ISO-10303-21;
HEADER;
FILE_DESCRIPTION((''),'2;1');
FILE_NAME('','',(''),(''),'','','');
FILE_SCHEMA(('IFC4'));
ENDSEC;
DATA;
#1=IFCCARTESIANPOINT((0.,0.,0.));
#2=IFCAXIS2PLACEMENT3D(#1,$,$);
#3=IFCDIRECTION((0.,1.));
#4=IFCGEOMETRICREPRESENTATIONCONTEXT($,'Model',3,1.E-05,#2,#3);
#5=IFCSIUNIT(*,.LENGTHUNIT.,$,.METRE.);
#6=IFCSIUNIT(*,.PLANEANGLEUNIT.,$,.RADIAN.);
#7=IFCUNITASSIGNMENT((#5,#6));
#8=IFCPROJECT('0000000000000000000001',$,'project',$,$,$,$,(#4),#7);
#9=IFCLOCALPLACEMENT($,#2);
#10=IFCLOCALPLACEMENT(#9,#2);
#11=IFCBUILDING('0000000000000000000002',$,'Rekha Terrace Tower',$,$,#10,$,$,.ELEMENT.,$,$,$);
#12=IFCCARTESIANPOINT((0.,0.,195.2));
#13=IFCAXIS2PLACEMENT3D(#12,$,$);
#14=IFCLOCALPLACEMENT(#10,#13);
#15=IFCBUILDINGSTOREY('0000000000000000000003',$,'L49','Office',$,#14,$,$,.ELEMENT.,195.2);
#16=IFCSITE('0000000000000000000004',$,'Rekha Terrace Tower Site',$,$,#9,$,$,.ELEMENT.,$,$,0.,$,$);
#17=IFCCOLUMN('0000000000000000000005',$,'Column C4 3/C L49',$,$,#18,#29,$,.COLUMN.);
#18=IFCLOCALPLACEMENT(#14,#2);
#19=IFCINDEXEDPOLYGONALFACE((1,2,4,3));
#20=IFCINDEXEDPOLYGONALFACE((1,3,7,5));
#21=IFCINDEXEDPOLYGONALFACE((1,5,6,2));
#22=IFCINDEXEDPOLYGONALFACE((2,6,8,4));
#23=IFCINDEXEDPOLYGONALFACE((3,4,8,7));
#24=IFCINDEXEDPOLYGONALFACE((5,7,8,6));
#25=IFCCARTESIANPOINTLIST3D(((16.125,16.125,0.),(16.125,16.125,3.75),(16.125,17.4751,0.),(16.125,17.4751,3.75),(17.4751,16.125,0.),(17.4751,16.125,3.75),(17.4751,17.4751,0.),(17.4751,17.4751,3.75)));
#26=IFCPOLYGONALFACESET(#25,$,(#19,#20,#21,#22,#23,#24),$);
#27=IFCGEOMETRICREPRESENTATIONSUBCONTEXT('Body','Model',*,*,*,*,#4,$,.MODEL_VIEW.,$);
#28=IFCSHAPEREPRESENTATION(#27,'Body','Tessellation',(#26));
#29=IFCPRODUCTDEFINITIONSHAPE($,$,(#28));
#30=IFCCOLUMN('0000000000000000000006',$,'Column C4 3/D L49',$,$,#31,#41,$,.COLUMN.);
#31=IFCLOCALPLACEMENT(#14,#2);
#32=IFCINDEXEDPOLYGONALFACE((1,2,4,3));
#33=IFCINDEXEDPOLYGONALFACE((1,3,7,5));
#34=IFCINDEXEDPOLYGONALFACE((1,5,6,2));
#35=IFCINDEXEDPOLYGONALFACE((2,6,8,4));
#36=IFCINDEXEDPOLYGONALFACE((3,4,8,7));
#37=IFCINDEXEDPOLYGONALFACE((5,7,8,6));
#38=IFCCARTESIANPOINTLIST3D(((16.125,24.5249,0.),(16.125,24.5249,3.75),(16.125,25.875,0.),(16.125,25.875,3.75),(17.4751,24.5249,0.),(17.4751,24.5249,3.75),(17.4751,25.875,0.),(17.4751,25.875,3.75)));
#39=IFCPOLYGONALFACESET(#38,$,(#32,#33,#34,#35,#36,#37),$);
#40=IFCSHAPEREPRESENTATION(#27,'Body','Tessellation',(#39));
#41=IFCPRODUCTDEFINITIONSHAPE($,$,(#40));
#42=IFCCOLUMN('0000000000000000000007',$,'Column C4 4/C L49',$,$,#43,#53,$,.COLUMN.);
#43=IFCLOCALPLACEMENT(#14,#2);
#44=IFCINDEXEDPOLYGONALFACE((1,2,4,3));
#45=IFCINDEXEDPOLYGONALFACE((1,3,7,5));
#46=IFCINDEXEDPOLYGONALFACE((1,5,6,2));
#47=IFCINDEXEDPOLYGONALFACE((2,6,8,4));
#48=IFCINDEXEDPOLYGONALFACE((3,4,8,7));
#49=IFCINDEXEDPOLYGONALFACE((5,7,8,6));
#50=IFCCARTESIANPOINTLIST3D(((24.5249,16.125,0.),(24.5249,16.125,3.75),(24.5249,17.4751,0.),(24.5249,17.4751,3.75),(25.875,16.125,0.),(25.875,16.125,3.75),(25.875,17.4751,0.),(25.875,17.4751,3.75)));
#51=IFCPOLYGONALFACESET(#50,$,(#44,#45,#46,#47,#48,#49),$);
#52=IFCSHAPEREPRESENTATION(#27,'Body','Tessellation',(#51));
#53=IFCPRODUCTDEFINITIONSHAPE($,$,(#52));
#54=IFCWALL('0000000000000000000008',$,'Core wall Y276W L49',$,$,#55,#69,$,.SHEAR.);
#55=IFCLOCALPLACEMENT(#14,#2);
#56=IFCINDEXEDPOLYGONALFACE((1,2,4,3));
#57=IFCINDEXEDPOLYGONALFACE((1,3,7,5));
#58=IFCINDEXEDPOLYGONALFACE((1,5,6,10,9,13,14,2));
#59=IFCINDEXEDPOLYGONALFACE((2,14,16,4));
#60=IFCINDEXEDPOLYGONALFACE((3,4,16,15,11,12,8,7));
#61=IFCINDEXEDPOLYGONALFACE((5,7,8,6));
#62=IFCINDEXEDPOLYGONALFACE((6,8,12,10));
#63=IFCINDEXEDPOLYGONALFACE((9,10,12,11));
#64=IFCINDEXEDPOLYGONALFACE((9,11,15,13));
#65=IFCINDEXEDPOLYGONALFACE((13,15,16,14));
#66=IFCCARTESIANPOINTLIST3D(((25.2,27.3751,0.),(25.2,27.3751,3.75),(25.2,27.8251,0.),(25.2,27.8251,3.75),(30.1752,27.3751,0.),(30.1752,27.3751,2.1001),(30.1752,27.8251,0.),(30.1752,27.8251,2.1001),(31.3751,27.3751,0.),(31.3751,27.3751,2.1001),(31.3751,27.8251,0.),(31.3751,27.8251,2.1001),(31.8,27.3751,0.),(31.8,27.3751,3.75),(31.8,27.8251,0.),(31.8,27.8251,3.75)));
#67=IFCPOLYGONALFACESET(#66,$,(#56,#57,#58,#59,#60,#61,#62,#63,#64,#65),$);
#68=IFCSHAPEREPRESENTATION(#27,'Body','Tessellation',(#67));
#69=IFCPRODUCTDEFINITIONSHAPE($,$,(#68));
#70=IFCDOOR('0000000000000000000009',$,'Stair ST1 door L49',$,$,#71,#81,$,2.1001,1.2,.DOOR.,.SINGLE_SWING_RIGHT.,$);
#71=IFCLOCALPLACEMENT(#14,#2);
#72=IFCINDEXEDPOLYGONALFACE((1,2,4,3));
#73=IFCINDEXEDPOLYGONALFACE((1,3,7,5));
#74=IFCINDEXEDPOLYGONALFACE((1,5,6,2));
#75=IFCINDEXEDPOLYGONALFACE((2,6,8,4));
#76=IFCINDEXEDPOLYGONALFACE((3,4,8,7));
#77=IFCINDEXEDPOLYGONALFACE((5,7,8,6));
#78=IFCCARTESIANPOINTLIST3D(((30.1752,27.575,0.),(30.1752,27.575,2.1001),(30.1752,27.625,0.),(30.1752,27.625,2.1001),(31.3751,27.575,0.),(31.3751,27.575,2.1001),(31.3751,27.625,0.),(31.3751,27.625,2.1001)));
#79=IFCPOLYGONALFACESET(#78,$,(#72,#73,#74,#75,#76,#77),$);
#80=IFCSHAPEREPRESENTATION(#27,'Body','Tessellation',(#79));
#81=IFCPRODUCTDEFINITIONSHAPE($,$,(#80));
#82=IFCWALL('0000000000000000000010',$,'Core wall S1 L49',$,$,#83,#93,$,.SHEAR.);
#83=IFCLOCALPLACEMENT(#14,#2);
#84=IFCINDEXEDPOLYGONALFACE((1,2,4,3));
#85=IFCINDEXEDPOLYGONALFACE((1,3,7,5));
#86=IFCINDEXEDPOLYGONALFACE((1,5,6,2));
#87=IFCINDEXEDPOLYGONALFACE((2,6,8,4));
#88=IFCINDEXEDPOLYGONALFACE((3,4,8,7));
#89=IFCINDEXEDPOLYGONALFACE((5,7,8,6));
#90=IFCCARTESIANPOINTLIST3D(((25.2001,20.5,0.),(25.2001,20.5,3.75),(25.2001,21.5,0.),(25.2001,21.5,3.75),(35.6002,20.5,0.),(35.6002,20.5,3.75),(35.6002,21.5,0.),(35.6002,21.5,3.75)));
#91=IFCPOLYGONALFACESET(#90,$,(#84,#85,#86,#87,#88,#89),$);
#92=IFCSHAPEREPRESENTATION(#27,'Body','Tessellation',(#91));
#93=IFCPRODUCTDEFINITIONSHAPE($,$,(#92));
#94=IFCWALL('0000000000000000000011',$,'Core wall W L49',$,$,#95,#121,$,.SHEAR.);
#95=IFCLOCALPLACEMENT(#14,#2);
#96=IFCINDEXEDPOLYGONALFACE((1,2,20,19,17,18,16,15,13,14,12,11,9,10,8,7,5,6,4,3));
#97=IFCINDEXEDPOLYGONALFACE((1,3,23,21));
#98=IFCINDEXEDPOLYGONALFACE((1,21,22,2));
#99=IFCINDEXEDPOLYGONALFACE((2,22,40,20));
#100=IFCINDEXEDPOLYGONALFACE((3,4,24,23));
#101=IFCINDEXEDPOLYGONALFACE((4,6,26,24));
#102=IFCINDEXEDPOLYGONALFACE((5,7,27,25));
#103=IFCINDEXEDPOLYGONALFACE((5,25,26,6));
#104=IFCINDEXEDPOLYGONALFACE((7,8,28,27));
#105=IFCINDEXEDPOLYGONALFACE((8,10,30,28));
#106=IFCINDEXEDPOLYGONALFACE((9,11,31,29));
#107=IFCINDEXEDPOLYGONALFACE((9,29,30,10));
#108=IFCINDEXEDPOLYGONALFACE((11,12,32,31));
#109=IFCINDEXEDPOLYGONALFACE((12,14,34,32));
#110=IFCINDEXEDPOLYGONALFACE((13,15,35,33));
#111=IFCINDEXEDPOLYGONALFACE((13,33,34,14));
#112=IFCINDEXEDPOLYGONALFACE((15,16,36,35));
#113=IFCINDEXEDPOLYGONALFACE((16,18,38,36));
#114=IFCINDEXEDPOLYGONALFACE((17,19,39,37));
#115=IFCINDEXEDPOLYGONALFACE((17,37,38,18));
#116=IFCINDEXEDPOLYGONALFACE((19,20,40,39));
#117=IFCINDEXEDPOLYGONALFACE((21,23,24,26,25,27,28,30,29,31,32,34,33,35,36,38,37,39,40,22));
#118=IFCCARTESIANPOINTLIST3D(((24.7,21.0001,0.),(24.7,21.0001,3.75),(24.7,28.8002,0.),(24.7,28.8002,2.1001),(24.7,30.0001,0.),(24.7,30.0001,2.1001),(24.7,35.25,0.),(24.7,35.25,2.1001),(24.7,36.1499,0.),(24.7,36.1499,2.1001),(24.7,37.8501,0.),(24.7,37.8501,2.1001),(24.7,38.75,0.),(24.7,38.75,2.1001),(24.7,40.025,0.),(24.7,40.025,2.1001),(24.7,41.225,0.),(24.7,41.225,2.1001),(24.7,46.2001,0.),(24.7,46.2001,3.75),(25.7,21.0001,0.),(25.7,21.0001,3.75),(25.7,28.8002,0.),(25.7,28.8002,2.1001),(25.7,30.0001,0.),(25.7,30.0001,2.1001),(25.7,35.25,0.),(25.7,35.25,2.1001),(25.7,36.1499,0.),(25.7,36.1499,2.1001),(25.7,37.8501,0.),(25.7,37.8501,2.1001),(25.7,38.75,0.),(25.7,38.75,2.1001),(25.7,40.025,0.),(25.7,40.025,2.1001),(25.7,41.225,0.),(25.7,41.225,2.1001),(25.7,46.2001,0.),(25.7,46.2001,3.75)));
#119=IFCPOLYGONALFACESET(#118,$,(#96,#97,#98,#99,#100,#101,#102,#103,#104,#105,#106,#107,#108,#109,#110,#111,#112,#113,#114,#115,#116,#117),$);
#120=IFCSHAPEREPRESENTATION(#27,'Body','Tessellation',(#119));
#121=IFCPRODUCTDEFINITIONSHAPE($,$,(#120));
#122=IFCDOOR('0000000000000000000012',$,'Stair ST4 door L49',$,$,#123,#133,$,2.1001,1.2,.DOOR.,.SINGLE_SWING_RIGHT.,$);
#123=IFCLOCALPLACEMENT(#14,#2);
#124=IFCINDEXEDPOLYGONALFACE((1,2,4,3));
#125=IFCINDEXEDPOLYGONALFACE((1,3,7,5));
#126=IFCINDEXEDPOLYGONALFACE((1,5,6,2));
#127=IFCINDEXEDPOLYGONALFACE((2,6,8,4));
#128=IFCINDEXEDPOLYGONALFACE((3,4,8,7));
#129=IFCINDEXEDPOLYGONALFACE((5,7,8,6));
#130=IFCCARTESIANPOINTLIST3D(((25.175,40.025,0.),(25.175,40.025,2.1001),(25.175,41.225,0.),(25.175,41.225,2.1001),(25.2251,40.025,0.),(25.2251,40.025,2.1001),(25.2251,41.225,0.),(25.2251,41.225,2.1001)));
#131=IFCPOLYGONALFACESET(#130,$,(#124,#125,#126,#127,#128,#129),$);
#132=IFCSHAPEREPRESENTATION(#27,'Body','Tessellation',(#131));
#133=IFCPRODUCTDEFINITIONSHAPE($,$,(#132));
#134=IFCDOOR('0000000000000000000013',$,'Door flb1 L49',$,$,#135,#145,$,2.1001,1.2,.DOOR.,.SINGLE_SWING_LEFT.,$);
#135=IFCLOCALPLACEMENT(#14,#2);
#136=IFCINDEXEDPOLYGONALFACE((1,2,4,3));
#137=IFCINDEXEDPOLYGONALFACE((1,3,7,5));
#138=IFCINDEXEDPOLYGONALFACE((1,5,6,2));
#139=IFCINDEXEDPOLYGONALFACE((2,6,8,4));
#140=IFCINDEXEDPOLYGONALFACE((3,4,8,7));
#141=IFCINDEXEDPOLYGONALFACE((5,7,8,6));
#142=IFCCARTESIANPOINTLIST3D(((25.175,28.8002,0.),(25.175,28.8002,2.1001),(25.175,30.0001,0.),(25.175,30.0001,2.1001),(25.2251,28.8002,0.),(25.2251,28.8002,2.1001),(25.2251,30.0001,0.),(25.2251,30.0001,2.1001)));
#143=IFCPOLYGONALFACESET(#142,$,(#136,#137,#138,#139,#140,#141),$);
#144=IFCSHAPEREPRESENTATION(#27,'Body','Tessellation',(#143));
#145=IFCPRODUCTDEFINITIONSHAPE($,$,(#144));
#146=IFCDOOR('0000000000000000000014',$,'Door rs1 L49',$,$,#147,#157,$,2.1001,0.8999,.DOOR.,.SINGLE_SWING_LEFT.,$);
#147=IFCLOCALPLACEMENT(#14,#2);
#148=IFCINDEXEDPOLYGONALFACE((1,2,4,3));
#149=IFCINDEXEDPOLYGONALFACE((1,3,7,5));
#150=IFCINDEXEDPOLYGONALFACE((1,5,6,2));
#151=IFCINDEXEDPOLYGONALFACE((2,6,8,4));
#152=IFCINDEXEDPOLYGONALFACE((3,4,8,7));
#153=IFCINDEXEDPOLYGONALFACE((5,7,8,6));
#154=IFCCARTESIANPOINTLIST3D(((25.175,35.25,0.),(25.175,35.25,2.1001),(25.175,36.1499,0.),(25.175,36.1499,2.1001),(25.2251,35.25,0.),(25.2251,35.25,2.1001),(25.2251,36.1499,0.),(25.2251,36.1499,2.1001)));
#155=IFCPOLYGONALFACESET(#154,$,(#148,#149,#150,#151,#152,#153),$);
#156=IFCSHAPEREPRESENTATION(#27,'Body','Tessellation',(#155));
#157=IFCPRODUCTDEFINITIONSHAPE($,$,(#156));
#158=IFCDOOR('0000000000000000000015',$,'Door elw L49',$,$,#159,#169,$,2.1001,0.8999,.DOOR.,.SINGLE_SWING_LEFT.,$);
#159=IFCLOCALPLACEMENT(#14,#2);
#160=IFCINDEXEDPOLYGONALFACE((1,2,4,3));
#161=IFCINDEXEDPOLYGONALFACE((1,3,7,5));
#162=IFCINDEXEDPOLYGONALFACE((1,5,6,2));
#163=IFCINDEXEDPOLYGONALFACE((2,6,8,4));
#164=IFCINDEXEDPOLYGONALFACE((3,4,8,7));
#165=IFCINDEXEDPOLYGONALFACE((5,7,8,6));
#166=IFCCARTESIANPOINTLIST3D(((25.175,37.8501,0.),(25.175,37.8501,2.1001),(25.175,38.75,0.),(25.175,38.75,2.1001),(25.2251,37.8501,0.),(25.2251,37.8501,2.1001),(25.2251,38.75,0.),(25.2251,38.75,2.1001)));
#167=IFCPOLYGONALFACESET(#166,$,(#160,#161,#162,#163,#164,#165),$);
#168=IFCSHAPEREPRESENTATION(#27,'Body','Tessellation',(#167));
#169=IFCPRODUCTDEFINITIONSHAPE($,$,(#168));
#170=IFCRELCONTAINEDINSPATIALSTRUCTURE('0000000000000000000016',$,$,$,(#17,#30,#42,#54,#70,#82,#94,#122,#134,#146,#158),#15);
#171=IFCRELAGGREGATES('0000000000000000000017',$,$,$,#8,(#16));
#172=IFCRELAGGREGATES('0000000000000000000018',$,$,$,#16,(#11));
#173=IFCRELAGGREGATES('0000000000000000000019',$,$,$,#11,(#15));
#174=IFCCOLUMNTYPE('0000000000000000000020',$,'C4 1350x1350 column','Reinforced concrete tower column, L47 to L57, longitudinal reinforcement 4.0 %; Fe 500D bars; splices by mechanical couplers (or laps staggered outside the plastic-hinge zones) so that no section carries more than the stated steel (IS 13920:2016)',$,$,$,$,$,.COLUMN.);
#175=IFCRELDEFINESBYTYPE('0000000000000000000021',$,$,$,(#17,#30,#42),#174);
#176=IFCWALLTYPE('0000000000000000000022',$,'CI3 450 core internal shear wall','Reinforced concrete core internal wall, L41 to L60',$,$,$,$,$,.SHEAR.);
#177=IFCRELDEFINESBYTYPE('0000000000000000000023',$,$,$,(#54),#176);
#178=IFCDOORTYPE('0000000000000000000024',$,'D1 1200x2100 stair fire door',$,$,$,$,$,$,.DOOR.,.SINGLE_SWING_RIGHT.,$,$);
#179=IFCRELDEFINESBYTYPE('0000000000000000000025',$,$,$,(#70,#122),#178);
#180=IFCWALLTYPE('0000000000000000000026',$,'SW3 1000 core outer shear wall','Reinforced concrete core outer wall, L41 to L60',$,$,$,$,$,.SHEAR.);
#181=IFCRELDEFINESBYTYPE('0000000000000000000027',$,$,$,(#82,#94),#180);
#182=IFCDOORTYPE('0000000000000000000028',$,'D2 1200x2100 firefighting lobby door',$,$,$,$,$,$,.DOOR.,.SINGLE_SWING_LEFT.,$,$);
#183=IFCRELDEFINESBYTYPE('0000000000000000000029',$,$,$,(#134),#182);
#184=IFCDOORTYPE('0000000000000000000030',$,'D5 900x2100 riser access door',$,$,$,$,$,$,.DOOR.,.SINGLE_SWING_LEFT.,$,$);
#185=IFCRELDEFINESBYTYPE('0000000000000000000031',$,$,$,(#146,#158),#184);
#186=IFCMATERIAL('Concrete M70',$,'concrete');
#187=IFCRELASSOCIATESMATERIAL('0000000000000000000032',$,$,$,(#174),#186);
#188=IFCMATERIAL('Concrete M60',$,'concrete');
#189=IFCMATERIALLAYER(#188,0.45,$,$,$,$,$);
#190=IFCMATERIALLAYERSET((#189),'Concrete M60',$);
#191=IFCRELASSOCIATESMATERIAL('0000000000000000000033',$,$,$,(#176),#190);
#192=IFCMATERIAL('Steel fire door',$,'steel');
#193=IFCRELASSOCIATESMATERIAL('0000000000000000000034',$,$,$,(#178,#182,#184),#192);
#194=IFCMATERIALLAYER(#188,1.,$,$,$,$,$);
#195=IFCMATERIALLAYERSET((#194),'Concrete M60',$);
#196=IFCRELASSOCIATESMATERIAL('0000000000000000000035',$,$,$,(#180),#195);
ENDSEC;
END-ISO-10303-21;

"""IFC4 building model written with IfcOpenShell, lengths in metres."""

from ifc_helpers import new_model, si_unit, direction, frame, frame_2d, origin, origin_2d, place, context, subcontext, project, spatial, rectangle, extrude, material, layer, layer_set, material_profile, profile_set, type_object, element, fill, save


model = new_model("IFC4")

# Units and contexts
model_context = context("Model", 3, precision=1e-05, world=origin(), true_north=direction((0.0, 1.0)))
body_context = subcontext(model_context, "Body", "Model", "MODEL_VIEW")
ifc_project = project(units=[si_unit("LENGTHUNIT", "METRE"), si_unit("PLANEANGLEUNIT", "RADIAN")], contexts=[model_context])

# Site, building, storey
site_placement = place(None, origin())
site = spatial("IfcSite", under=ifc_project, at=site_placement, Name="Rekha Terrace Tower Site", CompositionType="ELEMENT", RefElevation=0.0)
building_placement = place(site_placement, origin())
building = spatial("IfcBuilding", under=site, at=building_placement, Name="Rekha Terrace Tower", CompositionType="ELEMENT")
storey_placement = place(building_placement, frame((0.0, 0.0, 195.2)))
storey = spatial("IfcBuildingStorey", under=building, at=storey_placement, Name="L49", Description="Office", CompositionType="ELEMENT", Elevation=195.2)

# Columns
ifc_material_1 = material(Name="Concrete M70", Category="concrete")
ifc_material_profile = material_profile(ifc_material_1, rectangle(XDim=1.3501, YDim=1.3501, at=origin_2d()), Name="RC 1350x1350")
ifc_profile_set = profile_set([ifc_material_profile], Name="Concrete M70")
column_type = type_object("IfcColumnType", Name="C4 1350x1350 column", Description="Reinforced concrete tower column, L47 to L57, longitudinal reinforcement 4.0 %; Fe 500D bars; splices by mechanical couplers (or laps staggered outside the plastic-hinge zones) so that no section carries more than the stated steel (IS 13920:2016)", PredefinedType="COLUMN", material=ifc_profile_set)
for number, where, z_axis, x_axis, name in (
    (1, (16.8, 16.8, 0.0), (0.0, 0.0, 1.0), (1.0, 0.0, 0.0), "Column C4 3/C L49"),
    (2, (16.8, 25.2, 0.0), (0.0, 0.0, 1.0), (1.0, 0.0, 0.0), "Column C4 3/D L49"),
    (3, (25.2, 16.8, 0.0), (0.0, 0.0, 1.0), (1.0, 0.0, 0.0), "Column C4 4/C L49"),
):
    element("IfcColumn", number, at=place(storey_placement, frame(where, z_axis=z_axis, x_axis=x_axis)), inside=storey, type_object=column_type, Name=name, PredefinedType="COLUMN", context=body_context, shape_type="SweptSolid", body=[
        extrude(rectangle(XDim=1.3501, YDim=1.3501, at=origin_2d()), origin(), (0.0, 0.0, 1.0), 3.75),
    ])

# Wall, opening, door
ifc_material_2 = material(Name="Concrete M60", Category="concrete")
ifc_layer_1 = layer(ifc_material_2, 0.45)
ifc_layer_set_1 = layer_set([ifc_layer_1], Name="Concrete M60")
wall_type_1 = type_object("IfcWallType", Name="CI3 450 core internal shear wall", Description="Reinforced concrete core internal wall, L41 to L60", PredefinedType="SHEAR", material=ifc_layer_set_1)
wall_1_placement = place(storey_placement, frame((25.2, 27.6001, 0.0), z_axis=(0.0, 0.0, 1.0), x_axis=(1.0, 0.0, 0.0)))
wall_1 = element("IfcWall", 4, at=wall_1_placement, inside=storey, type_object=wall_type_1, Name="Core wall Y276W L49", PredefinedType="SHEAR", context=body_context, shape_type="SweptSolid", body=[
    extrude(rectangle(XDim=6.6001, YDim=0.45, at=frame_2d((3.3, 0.0))), origin(), (0.0, 0.0, 1.0), 3.75),
])
opening_1_placement = place(wall_1_placement, frame((4.9751, 0.0, 0.0)))
opening_1 = element("IfcOpeningElement", 5, at=opening_1_placement, cuts=wall_1, PredefinedType="OPENING", context=body_context, shape_type="SweptSolid", body=[
    extrude(rectangle(XDim=1.2, YDim=2.1001, at=frame_2d((0.6001, 1.05))), frame((0.0, 0.2349, 0.0), z_axis=(0.0, -1.0, 0.0), x_axis=(1.0, 0.0, 0.0)), (0.0, 0.0, 1.0), 0.47),
])
ifc_material_3 = material(Name="Steel fire door", Category="steel")
door_type_1 = type_object("IfcDoorType", Name="D1 1200x2100 stair fire door", OperationType="SINGLE_SWING_RIGHT", PredefinedType="DOOR", material=ifc_material_3)
door_1_placement = place(opening_1_placement, origin())
door_1 = element("IfcDoor", 6, at=door_1_placement, inside=storey, type_object=door_type_1, Name="Stair ST1 door L49", OperationType="SINGLE_SWING_RIGHT", OverallHeight=2.1001, OverallWidth=1.2, PredefinedType="DOOR", context=body_context, shape_type="SweptSolid", body=[
    extrude(rectangle(XDim=1.2, YDim=2.1001, at=frame_2d((0.6001, 1.05))), frame((0.0, 0.0249, 0.0), z_axis=(0.0, -1.0, 0.0), x_axis=(1.0, 0.0, 0.0)), (0.0, 0.0, 1.0), 0.05),
])
fill(opening_1, door_1)

# Wall
ifc_layer_2 = layer(ifc_material_2, 1.0)
ifc_layer_set_2 = layer_set([ifc_layer_2], Name="Concrete M60")
wall_type_2 = type_object("IfcWallType", Name="SW3 1000 core outer shear wall", Description="Reinforced concrete core outer wall, L41 to L60", PredefinedType="SHEAR", material=ifc_layer_set_2)
wall_2_placement = place(storey_placement, frame((25.2, 21.0, 0.0), z_axis=(0.0, 0.0, 1.0), x_axis=(1.0, 0.0, 0.0)))
element("IfcWall", 7, at=wall_2_placement, inside=storey, type_object=wall_type_2, Name="Core wall S1 L49", PredefinedType="SHEAR", context=body_context, shape_type="SweptSolid", body=[
    extrude(rectangle(XDim=10.4001, YDim=1.0, at=frame_2d((5.2002, 0.0))), origin(), (0.0, 0.0, 1.0), 3.75),
])

# Wall, openings, doors
wall_3_placement = place(storey_placement, frame((25.2, 21.0, 0.0), z_axis=(0.0, 0.0, 1.0), x_axis=(0.0, 1.0, 0.0)))
wall_3 = element("IfcWall", 8, at=wall_3_placement, inside=storey, type_object=wall_type_2, Name="Core wall W L49", PredefinedType="SHEAR", context=body_context, shape_type="SweptSolid", body=[
    extrude(rectangle(XDim=25.2, YDim=1.0, at=frame_2d((12.6001, 0.0))), origin(), (0.0, 0.0, 1.0), 3.75),
])
opening_2_placement = place(wall_3_placement, frame((7.8, 0.0, 0.0)))
opening_2 = element("IfcOpeningElement", 9, at=opening_2_placement, cuts=wall_3, PredefinedType="OPENING", context=body_context, shape_type="SweptSolid", body=[
    extrude(rectangle(XDim=1.2, YDim=2.1001, at=frame_2d((0.6001, 1.05))), frame((0.0, 0.51, 0.0), z_axis=(0.0, -1.0, 0.0), x_axis=(1.0, 0.0, 0.0)), (0.0, 0.0, 1.0), 1.02),
])
opening_3_placement = place(wall_3_placement, frame((14.25, 0.0, 0.0)))
opening_3 = element("IfcOpeningElement", 10, at=opening_3_placement, cuts=wall_3, PredefinedType="OPENING", context=body_context, shape_type="SweptSolid", body=[
    extrude(rectangle(XDim=0.8999, YDim=2.1001, at=frame_2d((0.45, 1.05))), frame((0.0, 0.51, 0.0), z_axis=(0.0, -1.0, 0.0), x_axis=(1.0, 0.0, 0.0)), (0.0, 0.0, 1.0), 1.02),
])
opening_4_placement = place(wall_3_placement, frame((16.8501, 0.0, 0.0)))
opening_4 = element("IfcOpeningElement", 11, at=opening_4_placement, cuts=wall_3, PredefinedType="OPENING", context=body_context, shape_type="SweptSolid", body=[
    extrude(rectangle(XDim=0.8999, YDim=2.1001, at=frame_2d((0.45, 1.05))), frame((0.0, 0.51, 0.0), z_axis=(0.0, -1.0, 0.0), x_axis=(1.0, 0.0, 0.0)), (0.0, 0.0, 1.0), 1.02),
])
opening_5_placement = place(wall_3_placement, frame((19.0249, 0.0, 0.0)))
opening_5 = element("IfcOpeningElement", 12, at=opening_5_placement, cuts=wall_3, PredefinedType="OPENING", context=body_context, shape_type="SweptSolid", body=[
    extrude(rectangle(XDim=1.2, YDim=2.1001, at=frame_2d((0.6001, 1.05))), frame((0.0, 0.51, 0.0), z_axis=(0.0, -1.0, 0.0), x_axis=(1.0, 0.0, 0.0)), (0.0, 0.0, 1.0), 1.02),
])
door_2_placement = place(opening_5_placement, origin())
door_2 = element("IfcDoor", 13, at=door_2_placement, inside=storey, type_object=door_type_1, Name="Stair ST4 door L49", OperationType="SINGLE_SWING_RIGHT", OverallHeight=2.1001, OverallWidth=1.2, PredefinedType="DOOR", context=body_context, shape_type="SweptSolid", body=[
    extrude(rectangle(XDim=1.2, YDim=2.1001, at=frame_2d((0.6001, 1.05))), frame((0.0, 0.0249, 0.0), z_axis=(0.0, -1.0, 0.0), x_axis=(1.0, 0.0, 0.0)), (0.0, 0.0, 1.0), 0.05),
])
fill(opening_5, door_2)
door_type_2 = type_object("IfcDoorType", Name="D2 1200x2100 firefighting lobby door", OperationType="SINGLE_SWING_LEFT", PredefinedType="DOOR", material=ifc_material_3)
door_3_placement = place(opening_2_placement, origin())
door_3 = element("IfcDoor", 14, at=door_3_placement, inside=storey, type_object=door_type_2, Name="Door flb1 L49", OperationType="SINGLE_SWING_LEFT", OverallHeight=2.1001, OverallWidth=1.2, PredefinedType="DOOR", context=body_context, shape_type="SweptSolid", body=[
    extrude(rectangle(XDim=1.2, YDim=2.1001, at=frame_2d((0.6001, 1.05))), frame((0.0, 0.0249, 0.0), z_axis=(0.0, -1.0, 0.0), x_axis=(1.0, 0.0, 0.0)), (0.0, 0.0, 1.0), 0.05),
])
fill(opening_2, door_3)
door_type_3 = type_object("IfcDoorType", Name="D5 900x2100 riser access door", OperationType="SINGLE_SWING_LEFT", PredefinedType="DOOR", material=ifc_material_3)
door_4_placement = place(opening_3_placement, origin())
door_4 = element("IfcDoor", 15, at=door_4_placement, inside=storey, type_object=door_type_3, Name="Door rs1 L49", OperationType="SINGLE_SWING_LEFT", OverallHeight=2.1001, OverallWidth=0.8999, PredefinedType="DOOR", context=body_context, shape_type="SweptSolid", body=[
    extrude(rectangle(XDim=0.8999, YDim=2.1001, at=frame_2d((0.45, 1.05))), frame((0.0, 0.0249, 0.0), z_axis=(0.0, -1.0, 0.0), x_axis=(1.0, 0.0, 0.0)), (0.0, 0.0, 1.0), 0.05),
])
fill(opening_3, door_4)
door_5_placement = place(opening_4_placement, origin())
door_5 = element("IfcDoor", 16, at=door_5_placement, inside=storey, type_object=door_type_3, Name="Door elw L49", OperationType="SINGLE_SWING_LEFT", OverallHeight=2.1001, OverallWidth=0.8999, PredefinedType="DOOR", context=body_context, shape_type="SweptSolid", body=[
    extrude(rectangle(XDim=0.8999, YDim=2.1001, at=frame_2d((0.45, 1.05))), frame((0.0, 0.0249, 0.0), z_axis=(0.0, -1.0, 0.0), x_axis=(1.0, 0.0, 0.0)), (0.0, 0.0, 1.0), 0.05),
])
fill(opening_4, door_5)

save(model, "model.ifc")
